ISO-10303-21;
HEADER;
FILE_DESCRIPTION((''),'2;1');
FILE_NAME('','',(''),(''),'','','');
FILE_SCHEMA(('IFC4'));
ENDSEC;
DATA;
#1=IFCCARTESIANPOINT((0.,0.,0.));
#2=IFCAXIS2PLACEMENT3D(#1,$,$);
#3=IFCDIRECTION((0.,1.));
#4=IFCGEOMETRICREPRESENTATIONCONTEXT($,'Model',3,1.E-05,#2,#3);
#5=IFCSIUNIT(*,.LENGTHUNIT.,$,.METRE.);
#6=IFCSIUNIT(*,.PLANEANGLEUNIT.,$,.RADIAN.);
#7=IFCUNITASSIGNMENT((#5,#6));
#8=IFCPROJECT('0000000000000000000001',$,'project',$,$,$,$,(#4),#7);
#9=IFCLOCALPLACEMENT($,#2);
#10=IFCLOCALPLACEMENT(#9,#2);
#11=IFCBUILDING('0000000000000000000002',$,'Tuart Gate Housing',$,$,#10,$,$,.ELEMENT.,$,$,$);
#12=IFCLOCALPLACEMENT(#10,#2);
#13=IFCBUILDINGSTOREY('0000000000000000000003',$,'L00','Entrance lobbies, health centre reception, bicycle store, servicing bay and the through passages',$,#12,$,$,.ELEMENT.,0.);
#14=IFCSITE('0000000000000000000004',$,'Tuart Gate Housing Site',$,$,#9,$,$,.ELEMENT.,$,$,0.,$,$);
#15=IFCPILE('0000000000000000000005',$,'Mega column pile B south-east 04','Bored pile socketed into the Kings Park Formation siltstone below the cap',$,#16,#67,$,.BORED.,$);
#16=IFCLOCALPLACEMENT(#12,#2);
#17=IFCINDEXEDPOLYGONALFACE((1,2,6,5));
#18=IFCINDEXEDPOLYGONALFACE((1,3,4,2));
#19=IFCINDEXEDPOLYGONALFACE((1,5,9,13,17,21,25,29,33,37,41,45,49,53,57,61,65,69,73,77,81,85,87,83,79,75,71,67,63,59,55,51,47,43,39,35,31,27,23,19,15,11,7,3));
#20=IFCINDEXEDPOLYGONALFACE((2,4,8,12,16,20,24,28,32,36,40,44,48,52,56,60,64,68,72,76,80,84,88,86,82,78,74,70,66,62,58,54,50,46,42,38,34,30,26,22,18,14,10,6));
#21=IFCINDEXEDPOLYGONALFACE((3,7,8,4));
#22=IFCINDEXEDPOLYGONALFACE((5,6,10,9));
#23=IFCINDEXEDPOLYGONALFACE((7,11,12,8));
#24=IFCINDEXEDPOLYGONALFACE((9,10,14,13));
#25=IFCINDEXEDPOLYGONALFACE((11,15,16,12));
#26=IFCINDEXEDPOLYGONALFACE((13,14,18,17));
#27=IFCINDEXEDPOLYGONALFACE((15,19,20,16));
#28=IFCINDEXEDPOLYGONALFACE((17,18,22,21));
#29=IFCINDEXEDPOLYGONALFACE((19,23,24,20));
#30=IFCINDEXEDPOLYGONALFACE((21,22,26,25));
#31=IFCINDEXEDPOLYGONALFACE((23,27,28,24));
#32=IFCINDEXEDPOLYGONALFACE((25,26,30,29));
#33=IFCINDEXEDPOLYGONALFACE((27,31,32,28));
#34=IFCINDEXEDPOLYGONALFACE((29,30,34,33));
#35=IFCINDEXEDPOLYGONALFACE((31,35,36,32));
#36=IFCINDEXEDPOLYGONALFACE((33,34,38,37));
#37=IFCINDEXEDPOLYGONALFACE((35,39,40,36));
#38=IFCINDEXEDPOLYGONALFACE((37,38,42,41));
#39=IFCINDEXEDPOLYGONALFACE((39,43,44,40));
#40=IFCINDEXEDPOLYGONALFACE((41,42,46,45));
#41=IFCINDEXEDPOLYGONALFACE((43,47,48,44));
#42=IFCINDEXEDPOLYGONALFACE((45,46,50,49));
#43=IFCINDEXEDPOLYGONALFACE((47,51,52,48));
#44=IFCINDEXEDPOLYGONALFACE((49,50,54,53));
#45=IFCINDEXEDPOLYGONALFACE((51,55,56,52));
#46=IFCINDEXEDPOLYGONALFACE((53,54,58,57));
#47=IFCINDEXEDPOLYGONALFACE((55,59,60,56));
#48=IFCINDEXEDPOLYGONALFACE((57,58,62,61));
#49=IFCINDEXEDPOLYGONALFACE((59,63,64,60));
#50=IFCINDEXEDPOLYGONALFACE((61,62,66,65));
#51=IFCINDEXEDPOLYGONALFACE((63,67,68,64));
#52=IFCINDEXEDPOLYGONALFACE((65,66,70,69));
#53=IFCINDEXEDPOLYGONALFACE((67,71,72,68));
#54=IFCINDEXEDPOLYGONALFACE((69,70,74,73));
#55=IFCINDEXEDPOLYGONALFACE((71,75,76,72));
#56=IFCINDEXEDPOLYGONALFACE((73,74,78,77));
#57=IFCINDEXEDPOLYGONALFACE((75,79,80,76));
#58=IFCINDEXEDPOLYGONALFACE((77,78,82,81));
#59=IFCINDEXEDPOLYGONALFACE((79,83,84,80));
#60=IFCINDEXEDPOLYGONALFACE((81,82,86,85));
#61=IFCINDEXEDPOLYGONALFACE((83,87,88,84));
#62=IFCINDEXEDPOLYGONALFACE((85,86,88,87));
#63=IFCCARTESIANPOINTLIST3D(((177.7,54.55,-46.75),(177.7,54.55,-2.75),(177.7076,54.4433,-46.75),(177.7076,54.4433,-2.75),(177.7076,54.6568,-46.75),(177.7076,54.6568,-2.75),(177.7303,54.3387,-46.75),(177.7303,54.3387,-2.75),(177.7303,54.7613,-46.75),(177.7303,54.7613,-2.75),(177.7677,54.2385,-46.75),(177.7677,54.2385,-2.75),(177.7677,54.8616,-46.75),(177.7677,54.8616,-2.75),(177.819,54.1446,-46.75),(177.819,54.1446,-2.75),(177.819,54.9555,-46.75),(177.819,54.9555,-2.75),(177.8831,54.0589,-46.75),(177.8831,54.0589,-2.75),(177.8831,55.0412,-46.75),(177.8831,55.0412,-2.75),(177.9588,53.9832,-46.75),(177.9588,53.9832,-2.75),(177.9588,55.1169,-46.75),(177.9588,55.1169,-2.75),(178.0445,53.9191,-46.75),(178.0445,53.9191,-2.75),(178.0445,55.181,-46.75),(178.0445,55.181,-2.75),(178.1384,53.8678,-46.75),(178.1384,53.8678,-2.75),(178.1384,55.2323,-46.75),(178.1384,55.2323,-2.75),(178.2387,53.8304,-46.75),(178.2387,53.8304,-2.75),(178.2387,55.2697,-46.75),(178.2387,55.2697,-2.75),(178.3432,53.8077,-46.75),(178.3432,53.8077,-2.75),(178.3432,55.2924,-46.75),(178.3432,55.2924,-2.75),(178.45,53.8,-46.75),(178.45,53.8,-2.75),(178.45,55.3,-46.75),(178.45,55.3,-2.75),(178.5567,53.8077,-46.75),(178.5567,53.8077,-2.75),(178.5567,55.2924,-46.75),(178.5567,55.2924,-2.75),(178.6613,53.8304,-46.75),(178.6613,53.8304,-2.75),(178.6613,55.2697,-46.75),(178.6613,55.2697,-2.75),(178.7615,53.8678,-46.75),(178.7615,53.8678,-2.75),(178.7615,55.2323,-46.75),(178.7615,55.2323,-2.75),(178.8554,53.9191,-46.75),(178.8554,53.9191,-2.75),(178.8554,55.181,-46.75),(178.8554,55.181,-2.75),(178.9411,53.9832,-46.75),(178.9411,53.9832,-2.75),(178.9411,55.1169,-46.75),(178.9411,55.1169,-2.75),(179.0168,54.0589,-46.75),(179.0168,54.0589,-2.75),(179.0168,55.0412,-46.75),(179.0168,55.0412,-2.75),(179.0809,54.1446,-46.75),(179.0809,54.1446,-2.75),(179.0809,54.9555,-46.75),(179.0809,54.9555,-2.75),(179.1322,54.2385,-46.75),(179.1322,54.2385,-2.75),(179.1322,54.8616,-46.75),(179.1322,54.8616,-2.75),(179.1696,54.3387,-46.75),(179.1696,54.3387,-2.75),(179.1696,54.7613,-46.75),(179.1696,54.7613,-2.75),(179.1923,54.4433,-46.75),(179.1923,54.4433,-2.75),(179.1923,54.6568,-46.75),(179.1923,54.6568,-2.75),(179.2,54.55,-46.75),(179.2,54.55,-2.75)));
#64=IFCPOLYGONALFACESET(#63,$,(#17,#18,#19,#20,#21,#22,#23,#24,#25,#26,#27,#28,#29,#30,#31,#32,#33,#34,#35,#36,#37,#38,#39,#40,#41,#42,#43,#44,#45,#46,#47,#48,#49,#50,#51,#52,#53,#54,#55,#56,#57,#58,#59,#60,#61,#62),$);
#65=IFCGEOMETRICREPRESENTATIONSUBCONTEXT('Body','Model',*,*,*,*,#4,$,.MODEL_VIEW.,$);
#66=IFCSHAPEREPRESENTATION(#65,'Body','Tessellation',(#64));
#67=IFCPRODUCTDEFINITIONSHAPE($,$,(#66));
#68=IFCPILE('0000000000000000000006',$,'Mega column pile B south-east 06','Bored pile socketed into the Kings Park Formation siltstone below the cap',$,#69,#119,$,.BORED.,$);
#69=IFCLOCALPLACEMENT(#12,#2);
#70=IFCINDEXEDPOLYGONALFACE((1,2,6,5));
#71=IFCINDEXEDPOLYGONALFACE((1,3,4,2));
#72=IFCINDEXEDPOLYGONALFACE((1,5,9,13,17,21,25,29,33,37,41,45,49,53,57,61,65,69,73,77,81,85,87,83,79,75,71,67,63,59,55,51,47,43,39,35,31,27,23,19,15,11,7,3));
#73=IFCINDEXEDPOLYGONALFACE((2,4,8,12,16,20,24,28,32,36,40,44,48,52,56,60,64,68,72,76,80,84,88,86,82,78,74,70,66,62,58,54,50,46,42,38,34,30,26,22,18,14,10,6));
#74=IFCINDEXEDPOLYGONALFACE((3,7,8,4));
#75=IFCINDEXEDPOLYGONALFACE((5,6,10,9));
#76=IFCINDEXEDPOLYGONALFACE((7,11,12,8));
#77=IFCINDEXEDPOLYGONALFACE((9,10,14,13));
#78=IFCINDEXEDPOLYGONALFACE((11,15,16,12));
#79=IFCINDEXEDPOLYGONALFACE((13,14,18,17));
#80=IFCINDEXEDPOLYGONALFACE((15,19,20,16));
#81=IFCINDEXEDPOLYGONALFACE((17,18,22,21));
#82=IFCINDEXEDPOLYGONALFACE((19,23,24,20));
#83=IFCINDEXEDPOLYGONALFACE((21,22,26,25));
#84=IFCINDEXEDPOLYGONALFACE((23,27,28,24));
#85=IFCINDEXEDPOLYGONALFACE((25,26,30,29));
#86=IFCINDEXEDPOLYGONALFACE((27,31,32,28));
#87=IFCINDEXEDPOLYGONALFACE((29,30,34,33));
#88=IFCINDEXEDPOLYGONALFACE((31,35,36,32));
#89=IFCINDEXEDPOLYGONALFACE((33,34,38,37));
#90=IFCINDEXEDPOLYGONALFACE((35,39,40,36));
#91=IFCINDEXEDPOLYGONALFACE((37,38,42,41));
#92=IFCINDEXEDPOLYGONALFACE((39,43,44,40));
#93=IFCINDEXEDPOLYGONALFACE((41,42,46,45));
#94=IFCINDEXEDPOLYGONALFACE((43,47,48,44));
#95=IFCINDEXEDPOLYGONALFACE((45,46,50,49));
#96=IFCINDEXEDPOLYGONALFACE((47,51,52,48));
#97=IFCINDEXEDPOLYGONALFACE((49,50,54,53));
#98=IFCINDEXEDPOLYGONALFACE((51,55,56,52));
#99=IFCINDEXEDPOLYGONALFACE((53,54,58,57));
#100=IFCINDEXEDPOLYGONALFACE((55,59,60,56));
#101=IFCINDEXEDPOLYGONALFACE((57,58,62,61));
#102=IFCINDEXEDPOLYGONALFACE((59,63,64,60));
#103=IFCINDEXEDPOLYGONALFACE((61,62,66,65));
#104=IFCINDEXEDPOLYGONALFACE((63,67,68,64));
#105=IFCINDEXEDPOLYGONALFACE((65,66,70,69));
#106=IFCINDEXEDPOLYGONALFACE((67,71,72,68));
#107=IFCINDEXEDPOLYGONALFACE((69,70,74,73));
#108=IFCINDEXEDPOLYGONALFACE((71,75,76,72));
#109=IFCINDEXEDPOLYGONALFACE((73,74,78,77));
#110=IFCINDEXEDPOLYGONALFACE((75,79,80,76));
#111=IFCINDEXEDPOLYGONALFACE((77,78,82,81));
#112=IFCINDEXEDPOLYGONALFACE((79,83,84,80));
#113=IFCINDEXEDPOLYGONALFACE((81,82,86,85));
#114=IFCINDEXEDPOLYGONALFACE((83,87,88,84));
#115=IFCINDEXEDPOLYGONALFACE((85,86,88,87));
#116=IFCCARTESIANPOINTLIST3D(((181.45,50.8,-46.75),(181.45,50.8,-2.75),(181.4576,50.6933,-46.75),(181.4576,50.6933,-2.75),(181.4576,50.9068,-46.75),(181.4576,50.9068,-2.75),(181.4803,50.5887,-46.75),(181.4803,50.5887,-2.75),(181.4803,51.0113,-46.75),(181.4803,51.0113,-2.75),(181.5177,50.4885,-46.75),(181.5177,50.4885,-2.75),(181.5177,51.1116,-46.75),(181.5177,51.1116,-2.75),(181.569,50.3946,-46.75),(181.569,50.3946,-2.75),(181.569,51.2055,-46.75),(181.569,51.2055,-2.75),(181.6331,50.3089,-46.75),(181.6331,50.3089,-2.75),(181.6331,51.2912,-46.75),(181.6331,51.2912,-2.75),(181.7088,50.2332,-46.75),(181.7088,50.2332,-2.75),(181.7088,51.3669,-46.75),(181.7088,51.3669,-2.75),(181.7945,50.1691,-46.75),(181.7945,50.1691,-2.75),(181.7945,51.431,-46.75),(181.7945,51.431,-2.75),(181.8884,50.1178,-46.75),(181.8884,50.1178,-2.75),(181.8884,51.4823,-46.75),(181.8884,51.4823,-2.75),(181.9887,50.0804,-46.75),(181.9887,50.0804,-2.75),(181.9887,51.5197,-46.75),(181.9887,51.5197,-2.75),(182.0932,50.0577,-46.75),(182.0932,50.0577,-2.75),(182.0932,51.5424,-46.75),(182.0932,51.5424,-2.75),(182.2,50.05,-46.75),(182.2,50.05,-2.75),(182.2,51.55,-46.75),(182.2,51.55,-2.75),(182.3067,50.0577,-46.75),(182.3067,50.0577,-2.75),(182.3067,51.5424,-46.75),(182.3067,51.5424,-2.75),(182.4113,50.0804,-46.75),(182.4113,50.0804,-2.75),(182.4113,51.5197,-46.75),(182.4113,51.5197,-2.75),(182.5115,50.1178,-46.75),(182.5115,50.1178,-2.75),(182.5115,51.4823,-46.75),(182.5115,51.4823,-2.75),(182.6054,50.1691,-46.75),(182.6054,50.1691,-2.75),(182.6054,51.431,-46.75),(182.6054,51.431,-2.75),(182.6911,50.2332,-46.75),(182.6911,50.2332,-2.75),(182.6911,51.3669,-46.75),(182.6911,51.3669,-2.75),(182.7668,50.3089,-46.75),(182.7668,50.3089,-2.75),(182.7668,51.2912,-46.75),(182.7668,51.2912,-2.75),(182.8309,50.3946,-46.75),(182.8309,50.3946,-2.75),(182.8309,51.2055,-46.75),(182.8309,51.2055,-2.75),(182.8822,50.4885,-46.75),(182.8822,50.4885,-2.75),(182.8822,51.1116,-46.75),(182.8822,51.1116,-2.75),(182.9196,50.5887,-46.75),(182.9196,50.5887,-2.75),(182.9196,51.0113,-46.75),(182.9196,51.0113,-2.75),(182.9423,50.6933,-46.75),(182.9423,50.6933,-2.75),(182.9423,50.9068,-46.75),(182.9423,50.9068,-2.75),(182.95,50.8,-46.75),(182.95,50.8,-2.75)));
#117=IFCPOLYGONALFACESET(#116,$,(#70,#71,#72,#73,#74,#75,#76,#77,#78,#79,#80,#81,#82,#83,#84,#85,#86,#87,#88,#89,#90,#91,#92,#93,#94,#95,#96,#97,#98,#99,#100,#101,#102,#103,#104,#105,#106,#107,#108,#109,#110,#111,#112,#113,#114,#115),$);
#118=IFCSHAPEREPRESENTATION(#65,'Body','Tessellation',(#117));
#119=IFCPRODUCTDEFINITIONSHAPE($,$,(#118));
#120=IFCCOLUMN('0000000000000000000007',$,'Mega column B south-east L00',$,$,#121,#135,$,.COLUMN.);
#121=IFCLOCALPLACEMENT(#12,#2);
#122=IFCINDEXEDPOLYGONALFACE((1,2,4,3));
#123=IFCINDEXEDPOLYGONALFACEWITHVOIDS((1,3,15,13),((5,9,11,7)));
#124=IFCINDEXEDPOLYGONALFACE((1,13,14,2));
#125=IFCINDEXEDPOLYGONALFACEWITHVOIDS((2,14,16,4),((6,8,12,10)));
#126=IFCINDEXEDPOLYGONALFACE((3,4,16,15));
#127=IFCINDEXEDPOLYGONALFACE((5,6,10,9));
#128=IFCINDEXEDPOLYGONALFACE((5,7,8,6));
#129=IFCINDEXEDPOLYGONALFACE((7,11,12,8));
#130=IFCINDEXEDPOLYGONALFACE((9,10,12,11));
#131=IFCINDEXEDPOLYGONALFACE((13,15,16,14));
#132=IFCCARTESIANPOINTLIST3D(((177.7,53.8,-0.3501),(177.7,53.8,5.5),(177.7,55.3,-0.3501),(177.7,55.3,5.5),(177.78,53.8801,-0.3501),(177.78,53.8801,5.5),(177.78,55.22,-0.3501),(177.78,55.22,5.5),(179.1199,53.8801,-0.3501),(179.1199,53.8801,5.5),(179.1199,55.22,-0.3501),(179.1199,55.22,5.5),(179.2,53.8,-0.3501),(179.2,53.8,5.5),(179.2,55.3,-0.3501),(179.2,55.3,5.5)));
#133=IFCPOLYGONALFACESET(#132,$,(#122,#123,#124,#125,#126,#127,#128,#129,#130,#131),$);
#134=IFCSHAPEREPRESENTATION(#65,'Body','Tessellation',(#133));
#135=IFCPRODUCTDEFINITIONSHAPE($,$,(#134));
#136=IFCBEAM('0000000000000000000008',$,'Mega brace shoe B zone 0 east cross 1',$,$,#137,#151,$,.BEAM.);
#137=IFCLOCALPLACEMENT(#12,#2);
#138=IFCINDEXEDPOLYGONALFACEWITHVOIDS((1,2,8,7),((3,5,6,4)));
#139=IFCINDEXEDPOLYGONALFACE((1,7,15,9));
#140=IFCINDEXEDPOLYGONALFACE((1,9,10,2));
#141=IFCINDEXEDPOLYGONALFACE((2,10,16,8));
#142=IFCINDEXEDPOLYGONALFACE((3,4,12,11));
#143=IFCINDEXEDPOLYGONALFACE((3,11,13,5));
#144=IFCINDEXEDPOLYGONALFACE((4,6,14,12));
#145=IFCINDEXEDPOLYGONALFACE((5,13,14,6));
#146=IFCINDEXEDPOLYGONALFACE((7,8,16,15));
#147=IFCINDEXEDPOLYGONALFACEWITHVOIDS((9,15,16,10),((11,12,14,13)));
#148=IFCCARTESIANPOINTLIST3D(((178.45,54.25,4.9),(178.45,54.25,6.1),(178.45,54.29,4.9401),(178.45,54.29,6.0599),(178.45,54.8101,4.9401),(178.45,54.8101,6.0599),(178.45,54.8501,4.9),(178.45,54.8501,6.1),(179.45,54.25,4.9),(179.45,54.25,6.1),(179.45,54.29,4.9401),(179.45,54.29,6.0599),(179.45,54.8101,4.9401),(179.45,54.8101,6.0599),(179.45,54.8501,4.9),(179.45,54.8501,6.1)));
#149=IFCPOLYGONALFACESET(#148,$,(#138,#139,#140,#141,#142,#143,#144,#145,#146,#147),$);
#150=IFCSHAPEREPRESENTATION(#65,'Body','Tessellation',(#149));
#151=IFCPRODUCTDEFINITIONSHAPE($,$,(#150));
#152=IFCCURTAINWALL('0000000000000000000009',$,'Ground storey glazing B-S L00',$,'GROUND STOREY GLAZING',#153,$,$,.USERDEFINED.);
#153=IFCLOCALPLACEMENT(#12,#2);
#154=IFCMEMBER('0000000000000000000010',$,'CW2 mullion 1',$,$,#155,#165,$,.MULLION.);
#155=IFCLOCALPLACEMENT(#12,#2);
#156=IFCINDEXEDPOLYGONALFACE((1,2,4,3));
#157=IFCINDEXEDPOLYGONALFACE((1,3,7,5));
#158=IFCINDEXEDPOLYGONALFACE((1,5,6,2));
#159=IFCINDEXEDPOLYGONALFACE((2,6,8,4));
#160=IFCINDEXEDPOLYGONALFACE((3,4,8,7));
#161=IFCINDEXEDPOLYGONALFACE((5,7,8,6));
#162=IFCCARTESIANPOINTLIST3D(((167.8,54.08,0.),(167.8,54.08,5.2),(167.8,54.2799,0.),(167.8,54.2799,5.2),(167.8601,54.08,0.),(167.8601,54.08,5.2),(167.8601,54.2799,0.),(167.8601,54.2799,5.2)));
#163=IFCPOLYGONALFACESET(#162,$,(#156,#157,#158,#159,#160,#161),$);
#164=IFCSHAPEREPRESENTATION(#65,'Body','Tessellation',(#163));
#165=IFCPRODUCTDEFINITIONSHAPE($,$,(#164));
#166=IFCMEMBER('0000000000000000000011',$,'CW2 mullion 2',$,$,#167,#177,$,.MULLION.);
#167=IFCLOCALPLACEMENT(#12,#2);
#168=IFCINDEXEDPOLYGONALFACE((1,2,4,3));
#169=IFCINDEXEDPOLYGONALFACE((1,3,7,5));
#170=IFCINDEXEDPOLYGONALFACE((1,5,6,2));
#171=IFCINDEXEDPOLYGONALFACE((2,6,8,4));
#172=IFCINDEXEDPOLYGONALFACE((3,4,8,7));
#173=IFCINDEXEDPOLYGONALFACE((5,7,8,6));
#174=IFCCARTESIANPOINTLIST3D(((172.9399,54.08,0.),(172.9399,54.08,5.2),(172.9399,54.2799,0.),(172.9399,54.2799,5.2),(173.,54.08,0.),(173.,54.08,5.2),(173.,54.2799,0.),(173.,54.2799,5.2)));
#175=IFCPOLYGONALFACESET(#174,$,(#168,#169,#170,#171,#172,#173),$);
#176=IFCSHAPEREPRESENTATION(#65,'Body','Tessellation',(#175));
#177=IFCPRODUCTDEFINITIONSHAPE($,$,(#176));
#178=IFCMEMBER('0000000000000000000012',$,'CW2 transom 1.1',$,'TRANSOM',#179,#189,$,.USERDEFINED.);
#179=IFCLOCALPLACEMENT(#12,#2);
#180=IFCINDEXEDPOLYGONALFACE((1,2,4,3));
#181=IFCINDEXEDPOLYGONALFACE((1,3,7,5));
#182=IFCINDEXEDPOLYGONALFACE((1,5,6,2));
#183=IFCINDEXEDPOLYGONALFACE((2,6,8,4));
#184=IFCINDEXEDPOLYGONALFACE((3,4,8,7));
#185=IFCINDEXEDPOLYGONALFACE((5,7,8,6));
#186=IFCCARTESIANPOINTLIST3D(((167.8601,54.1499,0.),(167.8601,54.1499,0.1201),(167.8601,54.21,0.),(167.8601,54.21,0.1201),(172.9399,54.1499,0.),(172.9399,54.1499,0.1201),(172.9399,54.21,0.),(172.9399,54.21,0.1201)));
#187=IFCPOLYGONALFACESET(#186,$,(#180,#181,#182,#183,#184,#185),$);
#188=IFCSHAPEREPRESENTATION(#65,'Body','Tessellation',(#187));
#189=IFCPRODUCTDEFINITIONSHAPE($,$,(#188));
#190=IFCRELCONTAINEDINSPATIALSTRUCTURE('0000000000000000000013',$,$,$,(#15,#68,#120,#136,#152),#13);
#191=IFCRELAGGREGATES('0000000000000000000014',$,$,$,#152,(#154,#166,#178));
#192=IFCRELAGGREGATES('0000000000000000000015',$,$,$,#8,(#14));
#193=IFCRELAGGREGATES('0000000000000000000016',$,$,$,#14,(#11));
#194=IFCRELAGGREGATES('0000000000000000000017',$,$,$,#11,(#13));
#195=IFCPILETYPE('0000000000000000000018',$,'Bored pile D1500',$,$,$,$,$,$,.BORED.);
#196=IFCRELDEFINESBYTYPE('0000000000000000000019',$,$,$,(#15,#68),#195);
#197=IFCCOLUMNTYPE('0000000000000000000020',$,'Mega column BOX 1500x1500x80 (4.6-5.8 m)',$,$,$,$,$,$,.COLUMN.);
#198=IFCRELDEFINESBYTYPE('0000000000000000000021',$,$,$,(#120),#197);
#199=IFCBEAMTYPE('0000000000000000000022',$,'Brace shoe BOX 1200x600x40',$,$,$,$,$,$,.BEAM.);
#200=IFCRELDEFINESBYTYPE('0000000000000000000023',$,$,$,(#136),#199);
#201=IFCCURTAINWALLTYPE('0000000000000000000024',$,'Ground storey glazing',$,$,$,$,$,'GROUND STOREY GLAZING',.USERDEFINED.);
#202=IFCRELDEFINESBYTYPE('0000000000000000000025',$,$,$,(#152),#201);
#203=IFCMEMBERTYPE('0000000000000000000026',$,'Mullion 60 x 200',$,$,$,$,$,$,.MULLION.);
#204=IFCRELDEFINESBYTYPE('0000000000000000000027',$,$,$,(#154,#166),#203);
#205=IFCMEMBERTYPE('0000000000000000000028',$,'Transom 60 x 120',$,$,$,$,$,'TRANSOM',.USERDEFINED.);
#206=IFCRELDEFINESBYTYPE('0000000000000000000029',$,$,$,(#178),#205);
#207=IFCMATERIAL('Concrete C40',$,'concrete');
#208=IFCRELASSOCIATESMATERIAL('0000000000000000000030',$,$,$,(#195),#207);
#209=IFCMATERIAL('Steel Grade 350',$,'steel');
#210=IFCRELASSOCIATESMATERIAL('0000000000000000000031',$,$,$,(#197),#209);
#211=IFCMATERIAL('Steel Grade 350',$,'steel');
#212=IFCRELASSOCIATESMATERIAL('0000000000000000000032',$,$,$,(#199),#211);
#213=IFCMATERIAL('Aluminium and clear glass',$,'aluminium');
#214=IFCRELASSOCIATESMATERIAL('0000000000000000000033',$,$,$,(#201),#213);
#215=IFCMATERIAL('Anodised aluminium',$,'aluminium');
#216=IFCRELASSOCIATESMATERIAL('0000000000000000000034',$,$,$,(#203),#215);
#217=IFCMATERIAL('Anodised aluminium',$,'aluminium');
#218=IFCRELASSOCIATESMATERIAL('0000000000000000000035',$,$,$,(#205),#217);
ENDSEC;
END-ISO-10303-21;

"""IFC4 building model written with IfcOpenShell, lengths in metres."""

from ifc_helpers import new_model, si_unit, direction, frame, origin, origin_2d, place, context, subcontext, project, spatial, rectangle, hollow_rectangle, circle, extrude, material, material_profile, profile_set, type_object, element, aggregate, save


model = new_model("IFC4")

# Units and contexts
model_context = context("Model", 3, precision=1e-05, world=origin(), true_north=direction((0.0, 1.0)))
body_context = subcontext(model_context, "Body", "Model", "MODEL_VIEW")
ifc_project = project(units=[si_unit("LENGTHUNIT", "METRE"), si_unit("PLANEANGLEUNIT", "RADIAN")], contexts=[model_context])

# Site, building, storey
site_placement = place(None, origin())
site = spatial("IfcSite", under=ifc_project, at=site_placement, Name="Tuart Gate Housing Site", CompositionType="ELEMENT", RefElevation=0.0)
building_placement = place(site_placement, origin())
building = spatial("IfcBuilding", under=site, at=building_placement, Name="Tuart Gate Housing", CompositionType="ELEMENT")
storey_placement = place(building_placement, origin())
storey = spatial("IfcBuildingStorey", under=building, at=storey_placement, Name="L00", Description="Entrance lobbies, health centre reception, bicycle store, servicing bay and the through passages", CompositionType="ELEMENT", Elevation=0.0)

# Piles
ifc_material_1 = material(Name="Concrete C40", Category="concrete")
ifc_material_profile_1 = material_profile(ifc_material_1, circle(Radius=0.75, at=origin_2d()), Name="Bored pile D1500")
ifc_profile_set_1 = profile_set([ifc_material_profile_1], Name="Concrete C40")
pile_type = type_object("IfcPileType", Name="Bored pile D1500", PredefinedType="BORED", material=ifc_profile_set_1)
for number, where, z_axis, x_axis, name in (
    (1, (178.45, 54.55, -2.75), (0.0, 0.0, -1.0), (1.0, 0.0, 0.0), "Mega column pile B south-east 04"),
    (2, (182.2, 50.8, -2.75), (0.0, 0.0, -1.0), (1.0, 0.0, 0.0), "Mega column pile B south-east 06"),
):
    element("IfcPile", number, at=place(storey_placement, frame(where, z_axis=z_axis, x_axis=x_axis)), inside=storey, type_object=pile_type, Name=name, Description="Bored pile socketed into the Kings Park Formation siltstone below the cap", PredefinedType="BORED", context=body_context, shape_type="SweptSolid", body=[
        extrude(circle(Radius=0.75, at=origin_2d()), origin(), (0.0, 0.0, 1.0), 44.0),
    ])

# Column
ifc_material_2 = material(Name="Steel Grade 350", Category="steel")
ifc_material_profile_2 = material_profile(ifc_material_2, hollow_rectangle(XDim=1.5, YDim=1.5, WallThickness=0.0801, at=origin_2d()), Name="BOX 1500x1500x80")
ifc_profile_set_2 = profile_set([ifc_material_profile_2], Name="Steel Grade 350")
column_type = type_object("IfcColumnType", Name="Mega column BOX 1500x1500x80 (4.6-5.8 m)", PredefinedType="COLUMN", material=ifc_profile_set_2)
column_placement = place(storey_placement, frame((178.45, 54.55, -0.3501), z_axis=(0.0, 0.0, 1.0), x_axis=(1.0, 0.0, 0.0)))
element("IfcColumn", 3, at=column_placement, inside=storey, type_object=column_type, Name="Mega column B south-east L00", PredefinedType="COLUMN", context=body_context, shape_type="SweptSolid", body=[
    extrude(hollow_rectangle(XDim=1.5, YDim=1.5, WallThickness=0.0801, at=origin_2d()), origin(), (0.0, 0.0, 1.0), 5.8501),
])

# Beam
ifc_material_3 = material(Name="Steel Grade 350", Category="steel")
ifc_material_profile_3 = material_profile(ifc_material_3, hollow_rectangle(XDim=0.6001, YDim=1.2, WallThickness=0.04, at=origin_2d()), Name="BOX 1200x600x40")
ifc_profile_set_3 = profile_set([ifc_material_profile_3], Name="Steel Grade 350")
beam_type = type_object("IfcBeamType", Name="Brace shoe BOX 1200x600x40", PredefinedType="BEAM", material=ifc_profile_set_3)
beam_placement = place(storey_placement, frame((178.45, 54.55, 5.5), z_axis=(1.0, 0.0, 0.0), x_axis=(0.0, 1.0, 0.0)))
element("IfcBeam", 4, at=beam_placement, inside=storey, type_object=beam_type, Name="Mega brace shoe B zone 0 east cross 1", PredefinedType="BEAM", context=body_context, shape_type="SweptSolid", body=[
    extrude(hollow_rectangle(XDim=0.6001, YDim=1.2, WallThickness=0.04, at=origin_2d()), origin(), (0.0, 0.0, 1.0), 1.0),
])

# Curtain wall, members
ifc_material_4 = material(Name="Aluminium and clear glass", Category="aluminium")
curtain_wall_type = type_object("IfcCurtainWallType", Name="Ground storey glazing", ElementType="GROUND STOREY GLAZING", PredefinedType="USERDEFINED", material=ifc_material_4)
curtain_wall_placement = place(storey_placement, origin())
curtain_wall = element("IfcCurtainWall", 5, at=curtain_wall_placement, inside=storey, type_object=curtain_wall_type, Name="Ground storey glazing B-S L00", ObjectType="GROUND STOREY GLAZING", PredefinedType="USERDEFINED")
ifc_material_5 = material(Name="Anodised aluminium", Category="aluminium")
ifc_material_profile_4 = material_profile(ifc_material_5, rectangle(XDim=0.0601, YDim=0.2, at=origin_2d()), Name="60x200")
ifc_profile_set_4 = profile_set([ifc_material_profile_4], Name="Anodised aluminium")
member_type_1 = type_object("IfcMemberType", Name="Mullion 60 x 200", PredefinedType="MULLION", material=ifc_profile_set_4)
member_1_placement = place(storey_placement, frame((167.8301, 54.1799, 0.0), z_axis=(0.0, 0.0, 1.0), x_axis=(1.0, 0.0, 0.0)))
member_1 = element("IfcMember", 6, at=member_1_placement, type_object=member_type_1, Name="CW2 mullion 1", PredefinedType="MULLION", context=body_context, shape_type="SweptSolid", body=[
    extrude(rectangle(XDim=0.0601, YDim=0.2, at=origin_2d()), origin(), (0.0, 0.0, 1.0), 5.2),
])
member_2_placement = place(storey_placement, frame((172.97, 54.1799, 0.0), z_axis=(0.0, 0.0, 1.0), x_axis=(1.0, 0.0, 0.0)))
member_2 = element("IfcMember", 7, at=member_2_placement, type_object=member_type_1, Name="CW2 mullion 2", PredefinedType="MULLION", context=body_context, shape_type="SweptSolid", body=[
    extrude(rectangle(XDim=0.0601, YDim=0.2, at=origin_2d()), origin(), (0.0, 0.0, 1.0), 5.2),
])
ifc_material_6 = material(Name="Anodised aluminium", Category="aluminium")
ifc_material_profile_5 = material_profile(ifc_material_6, rectangle(XDim=0.0601, YDim=0.1201, at=origin_2d()), Name="60x120")
ifc_profile_set_5 = profile_set([ifc_material_profile_5], Name="Anodised aluminium")
member_type_2 = type_object("IfcMemberType", Name="Transom 60 x 120", ElementType="TRANSOM", PredefinedType="USERDEFINED", material=ifc_profile_set_5)
member_3_placement = place(storey_placement, frame((167.8601, 54.1799, 0.0601), z_axis=(1.0, 0.0, 0.0), x_axis=(0.0, 1.0, 0.0)))
member_3 = element("IfcMember", 8, at=member_3_placement, type_object=member_type_2, Name="CW2 transom 1.1", ObjectType="TRANSOM", PredefinedType="USERDEFINED", context=body_context, shape_type="SweptSolid", body=[
    extrude(rectangle(XDim=0.0601, YDim=0.1201, at=origin_2d()), origin(), (0.0, 0.0, 1.0), 5.0798),
])
aggregate(curtain_wall, [member_1, member_2, member_3])

save(model, "model.ifc")
